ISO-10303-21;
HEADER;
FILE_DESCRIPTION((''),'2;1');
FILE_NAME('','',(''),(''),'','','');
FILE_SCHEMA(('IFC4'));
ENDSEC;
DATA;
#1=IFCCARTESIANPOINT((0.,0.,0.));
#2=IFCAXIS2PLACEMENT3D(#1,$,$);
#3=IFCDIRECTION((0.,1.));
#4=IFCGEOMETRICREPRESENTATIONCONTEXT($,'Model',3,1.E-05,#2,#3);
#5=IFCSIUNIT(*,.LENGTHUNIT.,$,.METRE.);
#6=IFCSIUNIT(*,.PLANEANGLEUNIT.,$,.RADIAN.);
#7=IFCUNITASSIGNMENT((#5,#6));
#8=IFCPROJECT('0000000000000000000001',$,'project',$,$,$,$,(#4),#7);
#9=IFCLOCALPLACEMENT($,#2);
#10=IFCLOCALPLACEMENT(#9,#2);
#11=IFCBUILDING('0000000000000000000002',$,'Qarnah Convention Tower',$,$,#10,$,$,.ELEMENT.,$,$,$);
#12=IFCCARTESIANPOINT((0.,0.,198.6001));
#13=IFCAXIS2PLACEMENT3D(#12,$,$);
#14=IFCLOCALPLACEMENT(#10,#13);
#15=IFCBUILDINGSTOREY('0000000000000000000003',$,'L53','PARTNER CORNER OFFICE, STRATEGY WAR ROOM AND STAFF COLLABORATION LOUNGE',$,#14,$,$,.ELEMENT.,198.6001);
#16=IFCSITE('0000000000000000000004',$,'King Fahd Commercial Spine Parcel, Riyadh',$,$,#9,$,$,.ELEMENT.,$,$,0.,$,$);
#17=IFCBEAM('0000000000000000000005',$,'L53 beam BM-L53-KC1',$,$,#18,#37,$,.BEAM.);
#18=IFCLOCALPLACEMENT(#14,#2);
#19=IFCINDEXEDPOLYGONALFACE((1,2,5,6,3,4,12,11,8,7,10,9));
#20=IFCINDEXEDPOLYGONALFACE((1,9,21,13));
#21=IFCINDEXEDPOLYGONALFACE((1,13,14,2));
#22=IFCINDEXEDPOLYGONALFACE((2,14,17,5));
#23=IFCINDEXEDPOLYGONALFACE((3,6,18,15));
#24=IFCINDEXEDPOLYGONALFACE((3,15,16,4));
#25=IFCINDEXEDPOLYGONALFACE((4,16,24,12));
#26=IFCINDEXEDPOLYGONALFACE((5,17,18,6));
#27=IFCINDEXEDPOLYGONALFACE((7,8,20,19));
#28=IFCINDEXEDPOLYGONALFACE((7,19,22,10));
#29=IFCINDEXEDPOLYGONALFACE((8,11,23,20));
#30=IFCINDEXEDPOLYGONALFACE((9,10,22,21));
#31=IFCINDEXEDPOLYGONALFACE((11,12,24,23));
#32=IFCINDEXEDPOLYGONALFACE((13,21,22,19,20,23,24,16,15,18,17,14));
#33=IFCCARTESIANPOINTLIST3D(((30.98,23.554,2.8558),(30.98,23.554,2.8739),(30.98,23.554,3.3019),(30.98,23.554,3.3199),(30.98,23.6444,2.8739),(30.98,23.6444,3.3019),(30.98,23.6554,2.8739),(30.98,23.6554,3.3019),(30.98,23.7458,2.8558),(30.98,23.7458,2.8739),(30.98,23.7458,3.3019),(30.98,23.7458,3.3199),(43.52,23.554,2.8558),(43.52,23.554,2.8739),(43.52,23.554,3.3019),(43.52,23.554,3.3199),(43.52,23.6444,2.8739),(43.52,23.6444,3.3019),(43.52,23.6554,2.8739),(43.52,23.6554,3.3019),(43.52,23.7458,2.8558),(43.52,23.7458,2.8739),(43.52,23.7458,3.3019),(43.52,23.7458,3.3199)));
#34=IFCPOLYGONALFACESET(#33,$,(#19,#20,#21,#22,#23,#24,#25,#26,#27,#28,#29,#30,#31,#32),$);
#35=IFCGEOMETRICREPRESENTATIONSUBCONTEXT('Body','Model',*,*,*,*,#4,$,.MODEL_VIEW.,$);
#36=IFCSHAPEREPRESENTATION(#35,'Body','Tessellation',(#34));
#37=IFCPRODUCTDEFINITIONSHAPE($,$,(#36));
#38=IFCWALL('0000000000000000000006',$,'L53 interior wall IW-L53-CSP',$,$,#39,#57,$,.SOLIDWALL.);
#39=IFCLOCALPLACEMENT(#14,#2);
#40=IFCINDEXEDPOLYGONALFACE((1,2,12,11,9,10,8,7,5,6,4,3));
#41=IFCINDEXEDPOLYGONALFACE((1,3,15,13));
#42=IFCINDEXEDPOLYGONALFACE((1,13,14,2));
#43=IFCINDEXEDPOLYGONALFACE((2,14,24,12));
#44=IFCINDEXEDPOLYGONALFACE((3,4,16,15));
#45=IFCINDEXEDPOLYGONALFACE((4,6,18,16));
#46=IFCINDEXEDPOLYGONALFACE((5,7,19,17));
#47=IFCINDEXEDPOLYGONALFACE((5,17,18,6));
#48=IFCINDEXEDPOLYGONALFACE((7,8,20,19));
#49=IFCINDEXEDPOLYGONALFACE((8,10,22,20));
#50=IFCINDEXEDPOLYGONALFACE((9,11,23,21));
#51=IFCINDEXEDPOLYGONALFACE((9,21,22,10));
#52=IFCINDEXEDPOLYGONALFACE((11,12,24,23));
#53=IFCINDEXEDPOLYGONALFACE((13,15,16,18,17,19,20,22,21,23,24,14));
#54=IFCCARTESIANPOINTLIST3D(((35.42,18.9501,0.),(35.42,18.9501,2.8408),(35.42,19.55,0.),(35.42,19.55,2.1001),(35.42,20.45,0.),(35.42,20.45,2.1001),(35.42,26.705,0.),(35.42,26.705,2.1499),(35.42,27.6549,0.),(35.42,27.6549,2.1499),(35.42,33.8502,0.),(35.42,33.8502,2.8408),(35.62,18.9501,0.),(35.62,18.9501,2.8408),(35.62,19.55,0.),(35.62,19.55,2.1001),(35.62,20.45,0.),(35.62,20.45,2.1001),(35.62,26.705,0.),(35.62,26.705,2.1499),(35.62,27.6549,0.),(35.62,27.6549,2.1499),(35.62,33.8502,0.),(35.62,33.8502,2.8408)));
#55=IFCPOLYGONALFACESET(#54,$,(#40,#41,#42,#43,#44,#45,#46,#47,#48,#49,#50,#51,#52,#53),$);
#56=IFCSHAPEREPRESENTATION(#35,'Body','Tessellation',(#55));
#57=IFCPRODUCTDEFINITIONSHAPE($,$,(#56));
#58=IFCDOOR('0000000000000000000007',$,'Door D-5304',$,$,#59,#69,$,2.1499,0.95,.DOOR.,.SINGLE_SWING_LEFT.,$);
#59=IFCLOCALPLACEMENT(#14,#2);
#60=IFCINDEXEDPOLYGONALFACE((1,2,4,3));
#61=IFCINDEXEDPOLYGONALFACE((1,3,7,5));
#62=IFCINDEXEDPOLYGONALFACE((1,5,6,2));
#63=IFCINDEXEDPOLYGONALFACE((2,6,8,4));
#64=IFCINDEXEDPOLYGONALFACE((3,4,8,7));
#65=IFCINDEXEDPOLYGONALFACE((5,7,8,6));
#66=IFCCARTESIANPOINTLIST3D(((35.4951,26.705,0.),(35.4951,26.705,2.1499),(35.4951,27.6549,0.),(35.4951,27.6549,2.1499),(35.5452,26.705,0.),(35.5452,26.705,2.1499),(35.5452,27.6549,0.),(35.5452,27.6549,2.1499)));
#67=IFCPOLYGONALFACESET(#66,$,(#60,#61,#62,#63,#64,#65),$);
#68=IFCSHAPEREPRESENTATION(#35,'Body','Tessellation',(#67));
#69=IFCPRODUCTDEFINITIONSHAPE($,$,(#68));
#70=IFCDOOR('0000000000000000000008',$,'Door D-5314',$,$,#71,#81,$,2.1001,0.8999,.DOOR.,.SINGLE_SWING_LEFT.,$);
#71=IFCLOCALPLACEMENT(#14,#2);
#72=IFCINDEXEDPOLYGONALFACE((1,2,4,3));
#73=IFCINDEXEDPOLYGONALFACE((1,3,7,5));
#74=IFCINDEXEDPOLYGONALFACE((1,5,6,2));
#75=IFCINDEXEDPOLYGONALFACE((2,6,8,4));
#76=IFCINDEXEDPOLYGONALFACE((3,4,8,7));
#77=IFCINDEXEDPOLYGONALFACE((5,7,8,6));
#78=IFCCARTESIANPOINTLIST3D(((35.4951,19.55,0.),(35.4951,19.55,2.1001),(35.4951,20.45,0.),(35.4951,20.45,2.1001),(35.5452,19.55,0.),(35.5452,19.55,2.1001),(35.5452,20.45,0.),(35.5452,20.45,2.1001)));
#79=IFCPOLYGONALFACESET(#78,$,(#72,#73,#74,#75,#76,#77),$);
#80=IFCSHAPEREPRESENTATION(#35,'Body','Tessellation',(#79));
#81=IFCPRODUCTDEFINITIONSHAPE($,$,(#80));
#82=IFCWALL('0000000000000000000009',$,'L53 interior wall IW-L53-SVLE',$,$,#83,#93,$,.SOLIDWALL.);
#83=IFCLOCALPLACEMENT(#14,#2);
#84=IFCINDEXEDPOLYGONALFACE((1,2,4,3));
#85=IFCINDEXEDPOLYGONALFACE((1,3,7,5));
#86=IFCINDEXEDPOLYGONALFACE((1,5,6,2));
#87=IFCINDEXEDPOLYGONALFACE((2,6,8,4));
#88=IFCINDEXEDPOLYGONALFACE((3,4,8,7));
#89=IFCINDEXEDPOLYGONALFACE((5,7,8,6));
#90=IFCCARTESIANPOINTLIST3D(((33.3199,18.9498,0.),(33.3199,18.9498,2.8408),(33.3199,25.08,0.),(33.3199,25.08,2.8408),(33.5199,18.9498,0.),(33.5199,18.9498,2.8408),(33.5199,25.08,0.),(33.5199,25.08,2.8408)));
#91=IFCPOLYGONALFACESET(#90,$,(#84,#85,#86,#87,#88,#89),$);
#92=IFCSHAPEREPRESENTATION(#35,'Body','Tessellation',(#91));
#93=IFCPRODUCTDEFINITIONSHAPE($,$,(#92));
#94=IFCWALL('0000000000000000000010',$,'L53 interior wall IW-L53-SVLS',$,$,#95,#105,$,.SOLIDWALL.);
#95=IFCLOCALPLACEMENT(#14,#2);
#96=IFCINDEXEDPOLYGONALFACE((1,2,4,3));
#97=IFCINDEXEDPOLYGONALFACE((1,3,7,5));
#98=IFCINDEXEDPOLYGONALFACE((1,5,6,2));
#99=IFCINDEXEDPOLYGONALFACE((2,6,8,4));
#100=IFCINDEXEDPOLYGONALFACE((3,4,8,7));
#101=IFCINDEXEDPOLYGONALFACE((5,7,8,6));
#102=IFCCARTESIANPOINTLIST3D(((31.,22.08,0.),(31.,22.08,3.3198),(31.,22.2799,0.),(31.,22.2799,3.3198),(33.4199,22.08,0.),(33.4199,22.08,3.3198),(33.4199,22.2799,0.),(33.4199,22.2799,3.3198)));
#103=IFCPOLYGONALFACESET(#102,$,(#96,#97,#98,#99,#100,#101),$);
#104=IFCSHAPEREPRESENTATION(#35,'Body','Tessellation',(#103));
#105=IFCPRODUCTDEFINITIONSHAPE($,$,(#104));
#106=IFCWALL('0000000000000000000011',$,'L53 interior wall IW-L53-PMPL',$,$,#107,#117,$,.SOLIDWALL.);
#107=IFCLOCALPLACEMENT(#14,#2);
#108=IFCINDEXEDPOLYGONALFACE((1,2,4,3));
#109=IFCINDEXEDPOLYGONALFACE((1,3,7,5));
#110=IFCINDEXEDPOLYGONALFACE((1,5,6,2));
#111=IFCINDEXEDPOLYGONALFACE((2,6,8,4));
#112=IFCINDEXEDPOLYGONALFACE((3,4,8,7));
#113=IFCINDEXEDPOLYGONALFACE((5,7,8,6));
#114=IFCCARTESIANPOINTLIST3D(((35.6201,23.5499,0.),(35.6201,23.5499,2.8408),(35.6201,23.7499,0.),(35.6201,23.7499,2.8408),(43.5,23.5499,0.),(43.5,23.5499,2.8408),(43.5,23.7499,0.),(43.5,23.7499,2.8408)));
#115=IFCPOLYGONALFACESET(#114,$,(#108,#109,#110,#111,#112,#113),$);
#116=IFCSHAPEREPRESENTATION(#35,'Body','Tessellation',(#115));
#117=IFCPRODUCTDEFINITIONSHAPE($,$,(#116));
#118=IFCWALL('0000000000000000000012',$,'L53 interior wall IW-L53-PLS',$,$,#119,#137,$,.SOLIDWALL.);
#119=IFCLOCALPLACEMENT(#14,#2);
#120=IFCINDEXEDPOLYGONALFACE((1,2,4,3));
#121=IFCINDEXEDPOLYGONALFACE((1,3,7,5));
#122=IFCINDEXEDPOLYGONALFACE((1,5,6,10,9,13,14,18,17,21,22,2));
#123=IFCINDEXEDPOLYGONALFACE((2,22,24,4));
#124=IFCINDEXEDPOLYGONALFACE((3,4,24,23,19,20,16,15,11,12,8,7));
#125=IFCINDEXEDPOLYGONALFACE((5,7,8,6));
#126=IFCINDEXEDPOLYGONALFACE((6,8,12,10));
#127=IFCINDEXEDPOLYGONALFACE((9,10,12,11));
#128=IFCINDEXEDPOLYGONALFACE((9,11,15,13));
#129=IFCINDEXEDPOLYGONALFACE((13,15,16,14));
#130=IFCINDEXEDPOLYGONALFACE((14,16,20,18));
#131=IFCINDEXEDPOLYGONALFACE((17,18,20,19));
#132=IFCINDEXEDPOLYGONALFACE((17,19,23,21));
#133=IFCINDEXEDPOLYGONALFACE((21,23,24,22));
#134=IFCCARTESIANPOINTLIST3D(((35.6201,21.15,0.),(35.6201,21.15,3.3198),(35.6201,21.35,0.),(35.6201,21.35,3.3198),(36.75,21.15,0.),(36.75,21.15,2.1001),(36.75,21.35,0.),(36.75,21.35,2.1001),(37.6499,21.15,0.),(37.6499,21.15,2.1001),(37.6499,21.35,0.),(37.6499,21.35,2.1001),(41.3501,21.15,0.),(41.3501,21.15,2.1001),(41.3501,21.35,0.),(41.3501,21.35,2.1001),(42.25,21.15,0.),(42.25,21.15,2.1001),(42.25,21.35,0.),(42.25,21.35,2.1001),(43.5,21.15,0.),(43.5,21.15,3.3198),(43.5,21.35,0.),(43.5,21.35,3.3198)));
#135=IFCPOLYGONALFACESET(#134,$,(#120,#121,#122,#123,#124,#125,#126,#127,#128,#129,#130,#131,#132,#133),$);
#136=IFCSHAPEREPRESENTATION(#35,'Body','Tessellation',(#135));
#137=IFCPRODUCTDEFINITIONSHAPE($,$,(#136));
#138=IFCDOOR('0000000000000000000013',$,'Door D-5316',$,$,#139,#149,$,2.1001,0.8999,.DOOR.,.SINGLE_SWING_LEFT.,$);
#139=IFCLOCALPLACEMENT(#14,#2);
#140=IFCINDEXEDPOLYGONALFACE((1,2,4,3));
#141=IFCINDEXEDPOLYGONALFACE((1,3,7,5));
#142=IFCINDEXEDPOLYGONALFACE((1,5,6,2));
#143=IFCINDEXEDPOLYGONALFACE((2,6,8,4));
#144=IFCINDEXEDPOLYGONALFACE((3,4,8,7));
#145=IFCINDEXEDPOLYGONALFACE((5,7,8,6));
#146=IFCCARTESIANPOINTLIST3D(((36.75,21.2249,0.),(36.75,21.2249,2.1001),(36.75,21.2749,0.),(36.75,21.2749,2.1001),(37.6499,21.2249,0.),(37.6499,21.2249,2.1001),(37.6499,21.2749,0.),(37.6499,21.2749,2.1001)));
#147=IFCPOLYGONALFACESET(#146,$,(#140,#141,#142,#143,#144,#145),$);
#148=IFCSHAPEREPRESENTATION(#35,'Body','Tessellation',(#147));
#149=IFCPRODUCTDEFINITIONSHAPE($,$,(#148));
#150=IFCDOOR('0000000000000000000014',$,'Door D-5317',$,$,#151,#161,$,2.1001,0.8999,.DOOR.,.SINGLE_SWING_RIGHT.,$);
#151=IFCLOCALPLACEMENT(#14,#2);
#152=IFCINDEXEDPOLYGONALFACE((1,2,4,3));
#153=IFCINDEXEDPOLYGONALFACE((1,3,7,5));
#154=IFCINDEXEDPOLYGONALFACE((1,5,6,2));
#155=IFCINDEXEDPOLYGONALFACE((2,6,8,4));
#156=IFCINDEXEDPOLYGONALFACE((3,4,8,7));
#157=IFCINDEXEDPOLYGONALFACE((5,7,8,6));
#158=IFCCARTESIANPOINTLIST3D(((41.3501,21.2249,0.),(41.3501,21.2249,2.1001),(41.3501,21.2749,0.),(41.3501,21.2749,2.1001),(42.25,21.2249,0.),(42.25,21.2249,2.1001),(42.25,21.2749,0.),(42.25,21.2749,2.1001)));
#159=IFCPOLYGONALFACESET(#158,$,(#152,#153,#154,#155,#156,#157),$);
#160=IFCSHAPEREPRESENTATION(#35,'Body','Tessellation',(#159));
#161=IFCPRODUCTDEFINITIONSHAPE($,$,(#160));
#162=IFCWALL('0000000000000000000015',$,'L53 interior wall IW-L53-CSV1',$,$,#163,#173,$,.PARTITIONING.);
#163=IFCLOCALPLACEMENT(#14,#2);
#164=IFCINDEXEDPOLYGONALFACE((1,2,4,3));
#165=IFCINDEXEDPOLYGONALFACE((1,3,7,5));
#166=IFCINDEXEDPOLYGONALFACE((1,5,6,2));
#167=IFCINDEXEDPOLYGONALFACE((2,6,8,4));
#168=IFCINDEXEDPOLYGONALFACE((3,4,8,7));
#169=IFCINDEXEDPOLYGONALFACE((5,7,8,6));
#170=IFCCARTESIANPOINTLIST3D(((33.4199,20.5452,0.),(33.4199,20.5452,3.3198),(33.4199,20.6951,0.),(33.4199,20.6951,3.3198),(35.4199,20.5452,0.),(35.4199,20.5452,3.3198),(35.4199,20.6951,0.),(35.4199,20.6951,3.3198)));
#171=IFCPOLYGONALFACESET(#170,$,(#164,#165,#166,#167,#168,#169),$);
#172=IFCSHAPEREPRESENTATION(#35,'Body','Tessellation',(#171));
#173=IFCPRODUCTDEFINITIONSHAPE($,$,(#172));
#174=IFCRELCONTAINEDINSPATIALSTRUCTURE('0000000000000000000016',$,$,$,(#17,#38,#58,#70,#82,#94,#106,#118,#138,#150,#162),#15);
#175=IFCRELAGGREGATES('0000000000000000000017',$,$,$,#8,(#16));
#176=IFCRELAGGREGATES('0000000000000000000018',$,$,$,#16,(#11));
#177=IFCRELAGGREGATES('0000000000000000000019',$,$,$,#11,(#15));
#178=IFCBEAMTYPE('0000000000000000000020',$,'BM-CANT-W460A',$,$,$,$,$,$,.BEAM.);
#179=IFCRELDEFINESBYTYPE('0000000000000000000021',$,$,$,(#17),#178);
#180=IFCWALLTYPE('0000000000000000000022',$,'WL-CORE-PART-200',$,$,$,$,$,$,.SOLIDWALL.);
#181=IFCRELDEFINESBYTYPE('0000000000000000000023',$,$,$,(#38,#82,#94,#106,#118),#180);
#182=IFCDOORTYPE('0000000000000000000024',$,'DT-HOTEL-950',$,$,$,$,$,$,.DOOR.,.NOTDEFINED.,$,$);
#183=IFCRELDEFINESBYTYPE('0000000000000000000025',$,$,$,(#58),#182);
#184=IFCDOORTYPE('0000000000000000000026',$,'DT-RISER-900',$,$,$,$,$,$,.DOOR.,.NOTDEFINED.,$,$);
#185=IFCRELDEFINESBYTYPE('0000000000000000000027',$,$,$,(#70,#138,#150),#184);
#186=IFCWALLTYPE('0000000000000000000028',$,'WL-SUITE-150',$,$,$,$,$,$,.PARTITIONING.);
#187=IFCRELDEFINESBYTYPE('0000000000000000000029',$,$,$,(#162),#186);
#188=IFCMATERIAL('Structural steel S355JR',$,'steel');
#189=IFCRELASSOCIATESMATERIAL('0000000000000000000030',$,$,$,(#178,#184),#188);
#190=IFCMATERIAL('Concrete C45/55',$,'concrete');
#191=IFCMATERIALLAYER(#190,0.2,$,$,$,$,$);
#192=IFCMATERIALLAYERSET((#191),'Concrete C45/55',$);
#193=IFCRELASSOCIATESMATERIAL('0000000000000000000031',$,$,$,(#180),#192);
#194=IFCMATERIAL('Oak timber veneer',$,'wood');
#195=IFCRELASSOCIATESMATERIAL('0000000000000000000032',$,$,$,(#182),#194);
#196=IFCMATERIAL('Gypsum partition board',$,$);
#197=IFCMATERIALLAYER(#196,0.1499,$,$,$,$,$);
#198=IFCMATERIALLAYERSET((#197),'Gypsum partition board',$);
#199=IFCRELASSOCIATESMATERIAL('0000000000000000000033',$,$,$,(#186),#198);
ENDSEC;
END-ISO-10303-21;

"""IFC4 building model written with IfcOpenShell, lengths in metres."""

from ifc_helpers import new_model, si_unit, direction, frame, frame_2d, origin, origin_2d, place, context, subcontext, project, spatial, rectangle, i_section, extrude, material, layer, layer_set, material_profile, profile_set, type_object, element, fill, save


model = new_model("IFC4")

# Units and contexts
model_context = context("Model", 3, precision=1e-05, world=origin(), true_north=direction((0.0, 1.0)))
body_context = subcontext(model_context, "Body", "Model", "MODEL_VIEW")
ifc_project = project(units=[si_unit("LENGTHUNIT", "METRE"), si_unit("PLANEANGLEUNIT", "RADIAN")], contexts=[model_context])

# Site, building, storey
site_placement = place(None, origin())
site = spatial("IfcSite", under=ifc_project, at=site_placement, Name="King Fahd Commercial Spine Parcel, Riyadh", CompositionType="ELEMENT", RefElevation=0.0)
building_placement = place(site_placement, origin())
building = spatial("IfcBuilding", under=site, at=building_placement, Name="Qarnah Convention Tower", CompositionType="ELEMENT")
storey_placement = place(building_placement, frame((0.0, 0.0, 198.6001)))
storey = spatial("IfcBuildingStorey", under=building, at=storey_placement, Name="L53", Description="PARTNER CORNER OFFICE, STRATEGY WAR ROOM AND STAFF COLLABORATION LOUNGE", CompositionType="ELEMENT", Elevation=198.6001)

# Beam
ifc_material_1 = material(Name="Structural steel S355JR", Category="steel")
ifc_material_profile = material_profile(ifc_material_1, i_section(OverallWidth=0.1919, OverallDepth=0.4641, WebThickness=0.011, FlangeThickness=0.0181, at=origin_2d()), Name="W460X89")
ifc_profile_set = profile_set([ifc_material_profile], Name="Structural steel S355JR")
beam_type = type_object("IfcBeamType", Name="BM-CANT-W460A", PredefinedType="BEAM", material=ifc_profile_set)
beam_placement = place(storey_placement, frame((30.98, 23.6499, 3.0879), z_axis=(1.0, 0.0, 0.0), x_axis=(0.0, 1.0, 0.0)))
element("IfcBeam", 1, at=beam_placement, inside=storey, type_object=beam_type, Name="L53 beam BM-L53-KC1", PredefinedType="BEAM", context=body_context, shape_type="SweptSolid", body=[
    extrude(i_section(OverallWidth=0.1919, OverallDepth=0.4641, WebThickness=0.011, FlangeThickness=0.0181, at=origin_2d()), origin(), (0.0, 0.0, 1.0), 12.54),
])

# Wall, openings, doors
ifc_material_2 = material(Name="Concrete C45/55", Category="concrete")
ifc_layer_1 = layer(ifc_material_2, 0.2)
ifc_layer_set_1 = layer_set([ifc_layer_1], Name="Concrete C45/55")
wall_type_1 = type_object("IfcWallType", Name="WL-CORE-PART-200", PredefinedType="SOLIDWALL", material=ifc_layer_set_1)
wall_1_placement = place(storey_placement, frame((35.52, 18.95, 0.0), z_axis=(0.0, 0.0, 1.0), x_axis=(0.0, 1.0, 0.0)))
wall_1 = element("IfcWall", 2, at=wall_1_placement, inside=storey, type_object=wall_type_1, Name="L53 interior wall IW-L53-CSP", PredefinedType="SOLIDWALL", context=body_context, shape_type="SweptSolid", body=[
    extrude(rectangle(XDim=14.9001, YDim=0.2, at=frame_2d((7.4502, 0.0))), origin(), (0.0, 0.0, 1.0), 2.8408),
])
opening_1_placement = place(wall_1_placement, frame((7.7549, 0.0, 0.0)))
opening_1 = element("IfcOpeningElement", 3, at=opening_1_placement, cuts=wall_1, PredefinedType="OPENING", context=body_context, shape_type="SweptSolid", body=[
    extrude(rectangle(XDim=0.95, YDim=2.1499, at=frame_2d((0.4751, 1.075))), frame((0.0, 0.1099, 0.0), z_axis=(0.0, -1.0, 0.0), x_axis=(1.0, 0.0, 0.0)), (0.0, 0.0, 1.0), 0.22),
])
opening_2_placement = place(wall_1_placement, frame((0.6001, 0.0, 0.0)))
opening_2 = element("IfcOpeningElement", 4, at=opening_2_placement, cuts=wall_1, PredefinedType="OPENING", context=body_context, shape_type="SweptSolid", body=[
    extrude(rectangle(XDim=0.8999, YDim=2.1001, at=frame_2d((0.45, 1.05))), frame((0.0, 0.1099, 0.0), z_axis=(0.0, -1.0, 0.0), x_axis=(1.0, 0.0, 0.0)), (0.0, 0.0, 1.0), 0.22),
])
ifc_material_3 = material(Name="Oak timber veneer", Category="wood")
door_type_1 = type_object("IfcDoorType", Name="DT-HOTEL-950", OperationType="NOTDEFINED", PredefinedType="DOOR", material=ifc_material_3)
door_1_placement = place(opening_1_placement, origin())
door_1 = element("IfcDoor", 5, at=door_1_placement, inside=storey, type_object=door_type_1, Name="Door D-5304", OperationType="SINGLE_SWING_LEFT", OverallHeight=2.1499, OverallWidth=0.95, PredefinedType="DOOR", context=body_context, shape_type="SweptSolid", body=[
    extrude(rectangle(XDim=0.95, YDim=2.1499, at=frame_2d((0.4751, 1.075))), frame((0.0, 0.0249, 0.0), z_axis=(0.0, -1.0, 0.0), x_axis=(1.0, 0.0, 0.0)), (0.0, 0.0, 1.0), 0.05),
])
fill(opening_1, door_1)
door_type_2 = type_object("IfcDoorType", Name="DT-RISER-900", OperationType="NOTDEFINED", PredefinedType="DOOR", material=ifc_material_1)
door_2_placement = place(opening_2_placement, origin())
door_2 = element("IfcDoor", 6, at=door_2_placement, inside=storey, type_object=door_type_2, Name="Door D-5314", OperationType="SINGLE_SWING_LEFT", OverallHeight=2.1001, OverallWidth=0.8999, PredefinedType="DOOR", context=body_context, shape_type="SweptSolid", body=[
    extrude(rectangle(XDim=0.8999, YDim=2.1001, at=frame_2d((0.45, 1.05))), frame((0.0, 0.0249, 0.0), z_axis=(0.0, -1.0, 0.0), x_axis=(1.0, 0.0, 0.0)), (0.0, 0.0, 1.0), 0.05),
])
fill(opening_2, door_2)

# Walls
wall_2_placement = place(storey_placement, frame((33.4199, 18.95, 0.0), z_axis=(0.0, 0.0, 1.0), x_axis=(0.0, 1.0, 0.0)))
element("IfcWall", 7, at=wall_2_placement, inside=storey, type_object=wall_type_1, Name="L53 interior wall IW-L53-SVLE", PredefinedType="SOLIDWALL", context=body_context, shape_type="SweptSolid", body=[
    extrude(rectangle(XDim=6.1301, YDim=0.2, at=frame_2d((3.0649, 0.0))), origin(), (0.0, 0.0, 1.0), 2.8408),
])
wall_3_placement = place(storey_placement, frame((31.0, 22.1799, 0.0), z_axis=(0.0, 0.0, 1.0), x_axis=(1.0, 0.0, 0.0)))
element("IfcWall", 8, at=wall_3_placement, inside=storey, type_object=wall_type_1, Name="L53 interior wall IW-L53-SVLS", PredefinedType="SOLIDWALL", context=body_context, shape_type="SweptSolid", body=[
    extrude(rectangle(XDim=2.4199, YDim=0.2, at=frame_2d((1.21, 0.0))), origin(), (0.0, 0.0, 1.0), 3.3198),
])
wall_4_placement = place(storey_placement, frame((35.6201, 23.6499, 0.0), z_axis=(0.0, 0.0, 1.0), x_axis=(1.0, 0.0, 0.0)))
element("IfcWall", 9, at=wall_4_placement, inside=storey, type_object=wall_type_1, Name="L53 interior wall IW-L53-PMPL", PredefinedType="SOLIDWALL", context=body_context, shape_type="SweptSolid", body=[
    extrude(rectangle(XDim=7.8799, YDim=0.2, at=frame_2d((3.9399, 0.0))), origin(), (0.0, 0.0, 1.0), 2.8408),
])

# Wall, openings, doors
wall_5_placement = place(storey_placement, frame((35.6201, 21.25, 0.0), z_axis=(0.0, 0.0, 1.0), x_axis=(1.0, 0.0, 0.0)))
wall_5 = element("IfcWall", 10, at=wall_5_placement, inside=storey, type_object=wall_type_1, Name="L53 interior wall IW-L53-PLS", PredefinedType="SOLIDWALL", context=body_context, shape_type="SweptSolid", body=[
    extrude(rectangle(XDim=7.8799, YDim=0.2, at=frame_2d((3.9399, 0.0))), origin(), (0.0, 0.0, 1.0), 3.3198),
])
opening_3_placement = place(wall_5_placement, frame((1.1299, 0.0, 0.0)))
opening_3 = element("IfcOpeningElement", 11, at=opening_3_placement, cuts=wall_5, PredefinedType="OPENING", context=body_context, shape_type="SweptSolid", body=[
    extrude(rectangle(XDim=0.8999, YDim=2.1001, at=frame_2d((0.45, 1.05))), frame((0.0, 0.1099, 0.0), z_axis=(0.0, -1.0, 0.0), x_axis=(1.0, 0.0, 0.0)), (0.0, 0.0, 1.0), 0.22),
])
opening_4_placement = place(wall_5_placement, frame((5.73, 0.0, 0.0)))
opening_4 = element("IfcOpeningElement", 12, at=opening_4_placement, cuts=wall_5, PredefinedType="OPENING", context=body_context, shape_type="SweptSolid", body=[
    extrude(rectangle(XDim=0.8999, YDim=2.1001, at=frame_2d((0.45, 1.05))), frame((0.0, 0.1099, 0.0), z_axis=(0.0, -1.0, 0.0), x_axis=(1.0, 0.0, 0.0)), (0.0, 0.0, 1.0), 0.22),
])
door_3_placement = place(opening_3_placement, origin())
door_3 = element("IfcDoor", 13, at=door_3_placement, inside=storey, type_object=door_type_2, Name="Door D-5316", OperationType="SINGLE_SWING_LEFT", OverallHeight=2.1001, OverallWidth=0.8999, PredefinedType="DOOR", context=body_context, shape_type="SweptSolid", body=[
    extrude(rectangle(XDim=0.8999, YDim=2.1001, at=frame_2d((0.45, 1.05))), frame((0.0, 0.0249, 0.0), z_axis=(0.0, -1.0, 0.0), x_axis=(1.0, 0.0, 0.0)), (0.0, 0.0, 1.0), 0.05),
])
fill(opening_3, door_3)
door_4_placement = place(opening_4_placement, origin())
door_4 = element("IfcDoor", 14, at=door_4_placement, inside=storey, type_object=door_type_2, Name="Door D-5317", OperationType="SINGLE_SWING_RIGHT", OverallHeight=2.1001, OverallWidth=0.8999, PredefinedType="DOOR", context=body_context, shape_type="SweptSolid", body=[
    extrude(rectangle(XDim=0.8999, YDim=2.1001, at=frame_2d((0.45, 1.05))), frame((0.0, 0.0249, 0.0), z_axis=(0.0, -1.0, 0.0), x_axis=(1.0, 0.0, 0.0)), (0.0, 0.0, 1.0), 0.05),
])
fill(opening_4, door_4)

# Wall
ifc_material_4 = material(Name="Gypsum partition board")
ifc_layer_2 = layer(ifc_material_4, 0.1499)
ifc_layer_set_2 = layer_set([ifc_layer_2], Name="Gypsum partition board")
wall_type_2 = type_object("IfcWallType", Name="WL-SUITE-150", PredefinedType="PARTITIONING", material=ifc_layer_set_2)
wall_6_placement = place(storey_placement, frame((33.4199, 20.6201, 0.0), z_axis=(0.0, 0.0, 1.0), x_axis=(1.0, 0.0, 0.0)))
element("IfcWall", 15, at=wall_6_placement, inside=storey, type_object=wall_type_2, Name="L53 interior wall IW-L53-CSV1", PredefinedType="PARTITIONING", context=body_context, shape_type="SweptSolid", body=[
    extrude(rectangle(XDim=2.0, YDim=0.1499, at=frame_2d((1.0, 0.0))), origin(), (0.0, 0.0, 1.0), 3.3198),
])

save(model, "model.ifc")
